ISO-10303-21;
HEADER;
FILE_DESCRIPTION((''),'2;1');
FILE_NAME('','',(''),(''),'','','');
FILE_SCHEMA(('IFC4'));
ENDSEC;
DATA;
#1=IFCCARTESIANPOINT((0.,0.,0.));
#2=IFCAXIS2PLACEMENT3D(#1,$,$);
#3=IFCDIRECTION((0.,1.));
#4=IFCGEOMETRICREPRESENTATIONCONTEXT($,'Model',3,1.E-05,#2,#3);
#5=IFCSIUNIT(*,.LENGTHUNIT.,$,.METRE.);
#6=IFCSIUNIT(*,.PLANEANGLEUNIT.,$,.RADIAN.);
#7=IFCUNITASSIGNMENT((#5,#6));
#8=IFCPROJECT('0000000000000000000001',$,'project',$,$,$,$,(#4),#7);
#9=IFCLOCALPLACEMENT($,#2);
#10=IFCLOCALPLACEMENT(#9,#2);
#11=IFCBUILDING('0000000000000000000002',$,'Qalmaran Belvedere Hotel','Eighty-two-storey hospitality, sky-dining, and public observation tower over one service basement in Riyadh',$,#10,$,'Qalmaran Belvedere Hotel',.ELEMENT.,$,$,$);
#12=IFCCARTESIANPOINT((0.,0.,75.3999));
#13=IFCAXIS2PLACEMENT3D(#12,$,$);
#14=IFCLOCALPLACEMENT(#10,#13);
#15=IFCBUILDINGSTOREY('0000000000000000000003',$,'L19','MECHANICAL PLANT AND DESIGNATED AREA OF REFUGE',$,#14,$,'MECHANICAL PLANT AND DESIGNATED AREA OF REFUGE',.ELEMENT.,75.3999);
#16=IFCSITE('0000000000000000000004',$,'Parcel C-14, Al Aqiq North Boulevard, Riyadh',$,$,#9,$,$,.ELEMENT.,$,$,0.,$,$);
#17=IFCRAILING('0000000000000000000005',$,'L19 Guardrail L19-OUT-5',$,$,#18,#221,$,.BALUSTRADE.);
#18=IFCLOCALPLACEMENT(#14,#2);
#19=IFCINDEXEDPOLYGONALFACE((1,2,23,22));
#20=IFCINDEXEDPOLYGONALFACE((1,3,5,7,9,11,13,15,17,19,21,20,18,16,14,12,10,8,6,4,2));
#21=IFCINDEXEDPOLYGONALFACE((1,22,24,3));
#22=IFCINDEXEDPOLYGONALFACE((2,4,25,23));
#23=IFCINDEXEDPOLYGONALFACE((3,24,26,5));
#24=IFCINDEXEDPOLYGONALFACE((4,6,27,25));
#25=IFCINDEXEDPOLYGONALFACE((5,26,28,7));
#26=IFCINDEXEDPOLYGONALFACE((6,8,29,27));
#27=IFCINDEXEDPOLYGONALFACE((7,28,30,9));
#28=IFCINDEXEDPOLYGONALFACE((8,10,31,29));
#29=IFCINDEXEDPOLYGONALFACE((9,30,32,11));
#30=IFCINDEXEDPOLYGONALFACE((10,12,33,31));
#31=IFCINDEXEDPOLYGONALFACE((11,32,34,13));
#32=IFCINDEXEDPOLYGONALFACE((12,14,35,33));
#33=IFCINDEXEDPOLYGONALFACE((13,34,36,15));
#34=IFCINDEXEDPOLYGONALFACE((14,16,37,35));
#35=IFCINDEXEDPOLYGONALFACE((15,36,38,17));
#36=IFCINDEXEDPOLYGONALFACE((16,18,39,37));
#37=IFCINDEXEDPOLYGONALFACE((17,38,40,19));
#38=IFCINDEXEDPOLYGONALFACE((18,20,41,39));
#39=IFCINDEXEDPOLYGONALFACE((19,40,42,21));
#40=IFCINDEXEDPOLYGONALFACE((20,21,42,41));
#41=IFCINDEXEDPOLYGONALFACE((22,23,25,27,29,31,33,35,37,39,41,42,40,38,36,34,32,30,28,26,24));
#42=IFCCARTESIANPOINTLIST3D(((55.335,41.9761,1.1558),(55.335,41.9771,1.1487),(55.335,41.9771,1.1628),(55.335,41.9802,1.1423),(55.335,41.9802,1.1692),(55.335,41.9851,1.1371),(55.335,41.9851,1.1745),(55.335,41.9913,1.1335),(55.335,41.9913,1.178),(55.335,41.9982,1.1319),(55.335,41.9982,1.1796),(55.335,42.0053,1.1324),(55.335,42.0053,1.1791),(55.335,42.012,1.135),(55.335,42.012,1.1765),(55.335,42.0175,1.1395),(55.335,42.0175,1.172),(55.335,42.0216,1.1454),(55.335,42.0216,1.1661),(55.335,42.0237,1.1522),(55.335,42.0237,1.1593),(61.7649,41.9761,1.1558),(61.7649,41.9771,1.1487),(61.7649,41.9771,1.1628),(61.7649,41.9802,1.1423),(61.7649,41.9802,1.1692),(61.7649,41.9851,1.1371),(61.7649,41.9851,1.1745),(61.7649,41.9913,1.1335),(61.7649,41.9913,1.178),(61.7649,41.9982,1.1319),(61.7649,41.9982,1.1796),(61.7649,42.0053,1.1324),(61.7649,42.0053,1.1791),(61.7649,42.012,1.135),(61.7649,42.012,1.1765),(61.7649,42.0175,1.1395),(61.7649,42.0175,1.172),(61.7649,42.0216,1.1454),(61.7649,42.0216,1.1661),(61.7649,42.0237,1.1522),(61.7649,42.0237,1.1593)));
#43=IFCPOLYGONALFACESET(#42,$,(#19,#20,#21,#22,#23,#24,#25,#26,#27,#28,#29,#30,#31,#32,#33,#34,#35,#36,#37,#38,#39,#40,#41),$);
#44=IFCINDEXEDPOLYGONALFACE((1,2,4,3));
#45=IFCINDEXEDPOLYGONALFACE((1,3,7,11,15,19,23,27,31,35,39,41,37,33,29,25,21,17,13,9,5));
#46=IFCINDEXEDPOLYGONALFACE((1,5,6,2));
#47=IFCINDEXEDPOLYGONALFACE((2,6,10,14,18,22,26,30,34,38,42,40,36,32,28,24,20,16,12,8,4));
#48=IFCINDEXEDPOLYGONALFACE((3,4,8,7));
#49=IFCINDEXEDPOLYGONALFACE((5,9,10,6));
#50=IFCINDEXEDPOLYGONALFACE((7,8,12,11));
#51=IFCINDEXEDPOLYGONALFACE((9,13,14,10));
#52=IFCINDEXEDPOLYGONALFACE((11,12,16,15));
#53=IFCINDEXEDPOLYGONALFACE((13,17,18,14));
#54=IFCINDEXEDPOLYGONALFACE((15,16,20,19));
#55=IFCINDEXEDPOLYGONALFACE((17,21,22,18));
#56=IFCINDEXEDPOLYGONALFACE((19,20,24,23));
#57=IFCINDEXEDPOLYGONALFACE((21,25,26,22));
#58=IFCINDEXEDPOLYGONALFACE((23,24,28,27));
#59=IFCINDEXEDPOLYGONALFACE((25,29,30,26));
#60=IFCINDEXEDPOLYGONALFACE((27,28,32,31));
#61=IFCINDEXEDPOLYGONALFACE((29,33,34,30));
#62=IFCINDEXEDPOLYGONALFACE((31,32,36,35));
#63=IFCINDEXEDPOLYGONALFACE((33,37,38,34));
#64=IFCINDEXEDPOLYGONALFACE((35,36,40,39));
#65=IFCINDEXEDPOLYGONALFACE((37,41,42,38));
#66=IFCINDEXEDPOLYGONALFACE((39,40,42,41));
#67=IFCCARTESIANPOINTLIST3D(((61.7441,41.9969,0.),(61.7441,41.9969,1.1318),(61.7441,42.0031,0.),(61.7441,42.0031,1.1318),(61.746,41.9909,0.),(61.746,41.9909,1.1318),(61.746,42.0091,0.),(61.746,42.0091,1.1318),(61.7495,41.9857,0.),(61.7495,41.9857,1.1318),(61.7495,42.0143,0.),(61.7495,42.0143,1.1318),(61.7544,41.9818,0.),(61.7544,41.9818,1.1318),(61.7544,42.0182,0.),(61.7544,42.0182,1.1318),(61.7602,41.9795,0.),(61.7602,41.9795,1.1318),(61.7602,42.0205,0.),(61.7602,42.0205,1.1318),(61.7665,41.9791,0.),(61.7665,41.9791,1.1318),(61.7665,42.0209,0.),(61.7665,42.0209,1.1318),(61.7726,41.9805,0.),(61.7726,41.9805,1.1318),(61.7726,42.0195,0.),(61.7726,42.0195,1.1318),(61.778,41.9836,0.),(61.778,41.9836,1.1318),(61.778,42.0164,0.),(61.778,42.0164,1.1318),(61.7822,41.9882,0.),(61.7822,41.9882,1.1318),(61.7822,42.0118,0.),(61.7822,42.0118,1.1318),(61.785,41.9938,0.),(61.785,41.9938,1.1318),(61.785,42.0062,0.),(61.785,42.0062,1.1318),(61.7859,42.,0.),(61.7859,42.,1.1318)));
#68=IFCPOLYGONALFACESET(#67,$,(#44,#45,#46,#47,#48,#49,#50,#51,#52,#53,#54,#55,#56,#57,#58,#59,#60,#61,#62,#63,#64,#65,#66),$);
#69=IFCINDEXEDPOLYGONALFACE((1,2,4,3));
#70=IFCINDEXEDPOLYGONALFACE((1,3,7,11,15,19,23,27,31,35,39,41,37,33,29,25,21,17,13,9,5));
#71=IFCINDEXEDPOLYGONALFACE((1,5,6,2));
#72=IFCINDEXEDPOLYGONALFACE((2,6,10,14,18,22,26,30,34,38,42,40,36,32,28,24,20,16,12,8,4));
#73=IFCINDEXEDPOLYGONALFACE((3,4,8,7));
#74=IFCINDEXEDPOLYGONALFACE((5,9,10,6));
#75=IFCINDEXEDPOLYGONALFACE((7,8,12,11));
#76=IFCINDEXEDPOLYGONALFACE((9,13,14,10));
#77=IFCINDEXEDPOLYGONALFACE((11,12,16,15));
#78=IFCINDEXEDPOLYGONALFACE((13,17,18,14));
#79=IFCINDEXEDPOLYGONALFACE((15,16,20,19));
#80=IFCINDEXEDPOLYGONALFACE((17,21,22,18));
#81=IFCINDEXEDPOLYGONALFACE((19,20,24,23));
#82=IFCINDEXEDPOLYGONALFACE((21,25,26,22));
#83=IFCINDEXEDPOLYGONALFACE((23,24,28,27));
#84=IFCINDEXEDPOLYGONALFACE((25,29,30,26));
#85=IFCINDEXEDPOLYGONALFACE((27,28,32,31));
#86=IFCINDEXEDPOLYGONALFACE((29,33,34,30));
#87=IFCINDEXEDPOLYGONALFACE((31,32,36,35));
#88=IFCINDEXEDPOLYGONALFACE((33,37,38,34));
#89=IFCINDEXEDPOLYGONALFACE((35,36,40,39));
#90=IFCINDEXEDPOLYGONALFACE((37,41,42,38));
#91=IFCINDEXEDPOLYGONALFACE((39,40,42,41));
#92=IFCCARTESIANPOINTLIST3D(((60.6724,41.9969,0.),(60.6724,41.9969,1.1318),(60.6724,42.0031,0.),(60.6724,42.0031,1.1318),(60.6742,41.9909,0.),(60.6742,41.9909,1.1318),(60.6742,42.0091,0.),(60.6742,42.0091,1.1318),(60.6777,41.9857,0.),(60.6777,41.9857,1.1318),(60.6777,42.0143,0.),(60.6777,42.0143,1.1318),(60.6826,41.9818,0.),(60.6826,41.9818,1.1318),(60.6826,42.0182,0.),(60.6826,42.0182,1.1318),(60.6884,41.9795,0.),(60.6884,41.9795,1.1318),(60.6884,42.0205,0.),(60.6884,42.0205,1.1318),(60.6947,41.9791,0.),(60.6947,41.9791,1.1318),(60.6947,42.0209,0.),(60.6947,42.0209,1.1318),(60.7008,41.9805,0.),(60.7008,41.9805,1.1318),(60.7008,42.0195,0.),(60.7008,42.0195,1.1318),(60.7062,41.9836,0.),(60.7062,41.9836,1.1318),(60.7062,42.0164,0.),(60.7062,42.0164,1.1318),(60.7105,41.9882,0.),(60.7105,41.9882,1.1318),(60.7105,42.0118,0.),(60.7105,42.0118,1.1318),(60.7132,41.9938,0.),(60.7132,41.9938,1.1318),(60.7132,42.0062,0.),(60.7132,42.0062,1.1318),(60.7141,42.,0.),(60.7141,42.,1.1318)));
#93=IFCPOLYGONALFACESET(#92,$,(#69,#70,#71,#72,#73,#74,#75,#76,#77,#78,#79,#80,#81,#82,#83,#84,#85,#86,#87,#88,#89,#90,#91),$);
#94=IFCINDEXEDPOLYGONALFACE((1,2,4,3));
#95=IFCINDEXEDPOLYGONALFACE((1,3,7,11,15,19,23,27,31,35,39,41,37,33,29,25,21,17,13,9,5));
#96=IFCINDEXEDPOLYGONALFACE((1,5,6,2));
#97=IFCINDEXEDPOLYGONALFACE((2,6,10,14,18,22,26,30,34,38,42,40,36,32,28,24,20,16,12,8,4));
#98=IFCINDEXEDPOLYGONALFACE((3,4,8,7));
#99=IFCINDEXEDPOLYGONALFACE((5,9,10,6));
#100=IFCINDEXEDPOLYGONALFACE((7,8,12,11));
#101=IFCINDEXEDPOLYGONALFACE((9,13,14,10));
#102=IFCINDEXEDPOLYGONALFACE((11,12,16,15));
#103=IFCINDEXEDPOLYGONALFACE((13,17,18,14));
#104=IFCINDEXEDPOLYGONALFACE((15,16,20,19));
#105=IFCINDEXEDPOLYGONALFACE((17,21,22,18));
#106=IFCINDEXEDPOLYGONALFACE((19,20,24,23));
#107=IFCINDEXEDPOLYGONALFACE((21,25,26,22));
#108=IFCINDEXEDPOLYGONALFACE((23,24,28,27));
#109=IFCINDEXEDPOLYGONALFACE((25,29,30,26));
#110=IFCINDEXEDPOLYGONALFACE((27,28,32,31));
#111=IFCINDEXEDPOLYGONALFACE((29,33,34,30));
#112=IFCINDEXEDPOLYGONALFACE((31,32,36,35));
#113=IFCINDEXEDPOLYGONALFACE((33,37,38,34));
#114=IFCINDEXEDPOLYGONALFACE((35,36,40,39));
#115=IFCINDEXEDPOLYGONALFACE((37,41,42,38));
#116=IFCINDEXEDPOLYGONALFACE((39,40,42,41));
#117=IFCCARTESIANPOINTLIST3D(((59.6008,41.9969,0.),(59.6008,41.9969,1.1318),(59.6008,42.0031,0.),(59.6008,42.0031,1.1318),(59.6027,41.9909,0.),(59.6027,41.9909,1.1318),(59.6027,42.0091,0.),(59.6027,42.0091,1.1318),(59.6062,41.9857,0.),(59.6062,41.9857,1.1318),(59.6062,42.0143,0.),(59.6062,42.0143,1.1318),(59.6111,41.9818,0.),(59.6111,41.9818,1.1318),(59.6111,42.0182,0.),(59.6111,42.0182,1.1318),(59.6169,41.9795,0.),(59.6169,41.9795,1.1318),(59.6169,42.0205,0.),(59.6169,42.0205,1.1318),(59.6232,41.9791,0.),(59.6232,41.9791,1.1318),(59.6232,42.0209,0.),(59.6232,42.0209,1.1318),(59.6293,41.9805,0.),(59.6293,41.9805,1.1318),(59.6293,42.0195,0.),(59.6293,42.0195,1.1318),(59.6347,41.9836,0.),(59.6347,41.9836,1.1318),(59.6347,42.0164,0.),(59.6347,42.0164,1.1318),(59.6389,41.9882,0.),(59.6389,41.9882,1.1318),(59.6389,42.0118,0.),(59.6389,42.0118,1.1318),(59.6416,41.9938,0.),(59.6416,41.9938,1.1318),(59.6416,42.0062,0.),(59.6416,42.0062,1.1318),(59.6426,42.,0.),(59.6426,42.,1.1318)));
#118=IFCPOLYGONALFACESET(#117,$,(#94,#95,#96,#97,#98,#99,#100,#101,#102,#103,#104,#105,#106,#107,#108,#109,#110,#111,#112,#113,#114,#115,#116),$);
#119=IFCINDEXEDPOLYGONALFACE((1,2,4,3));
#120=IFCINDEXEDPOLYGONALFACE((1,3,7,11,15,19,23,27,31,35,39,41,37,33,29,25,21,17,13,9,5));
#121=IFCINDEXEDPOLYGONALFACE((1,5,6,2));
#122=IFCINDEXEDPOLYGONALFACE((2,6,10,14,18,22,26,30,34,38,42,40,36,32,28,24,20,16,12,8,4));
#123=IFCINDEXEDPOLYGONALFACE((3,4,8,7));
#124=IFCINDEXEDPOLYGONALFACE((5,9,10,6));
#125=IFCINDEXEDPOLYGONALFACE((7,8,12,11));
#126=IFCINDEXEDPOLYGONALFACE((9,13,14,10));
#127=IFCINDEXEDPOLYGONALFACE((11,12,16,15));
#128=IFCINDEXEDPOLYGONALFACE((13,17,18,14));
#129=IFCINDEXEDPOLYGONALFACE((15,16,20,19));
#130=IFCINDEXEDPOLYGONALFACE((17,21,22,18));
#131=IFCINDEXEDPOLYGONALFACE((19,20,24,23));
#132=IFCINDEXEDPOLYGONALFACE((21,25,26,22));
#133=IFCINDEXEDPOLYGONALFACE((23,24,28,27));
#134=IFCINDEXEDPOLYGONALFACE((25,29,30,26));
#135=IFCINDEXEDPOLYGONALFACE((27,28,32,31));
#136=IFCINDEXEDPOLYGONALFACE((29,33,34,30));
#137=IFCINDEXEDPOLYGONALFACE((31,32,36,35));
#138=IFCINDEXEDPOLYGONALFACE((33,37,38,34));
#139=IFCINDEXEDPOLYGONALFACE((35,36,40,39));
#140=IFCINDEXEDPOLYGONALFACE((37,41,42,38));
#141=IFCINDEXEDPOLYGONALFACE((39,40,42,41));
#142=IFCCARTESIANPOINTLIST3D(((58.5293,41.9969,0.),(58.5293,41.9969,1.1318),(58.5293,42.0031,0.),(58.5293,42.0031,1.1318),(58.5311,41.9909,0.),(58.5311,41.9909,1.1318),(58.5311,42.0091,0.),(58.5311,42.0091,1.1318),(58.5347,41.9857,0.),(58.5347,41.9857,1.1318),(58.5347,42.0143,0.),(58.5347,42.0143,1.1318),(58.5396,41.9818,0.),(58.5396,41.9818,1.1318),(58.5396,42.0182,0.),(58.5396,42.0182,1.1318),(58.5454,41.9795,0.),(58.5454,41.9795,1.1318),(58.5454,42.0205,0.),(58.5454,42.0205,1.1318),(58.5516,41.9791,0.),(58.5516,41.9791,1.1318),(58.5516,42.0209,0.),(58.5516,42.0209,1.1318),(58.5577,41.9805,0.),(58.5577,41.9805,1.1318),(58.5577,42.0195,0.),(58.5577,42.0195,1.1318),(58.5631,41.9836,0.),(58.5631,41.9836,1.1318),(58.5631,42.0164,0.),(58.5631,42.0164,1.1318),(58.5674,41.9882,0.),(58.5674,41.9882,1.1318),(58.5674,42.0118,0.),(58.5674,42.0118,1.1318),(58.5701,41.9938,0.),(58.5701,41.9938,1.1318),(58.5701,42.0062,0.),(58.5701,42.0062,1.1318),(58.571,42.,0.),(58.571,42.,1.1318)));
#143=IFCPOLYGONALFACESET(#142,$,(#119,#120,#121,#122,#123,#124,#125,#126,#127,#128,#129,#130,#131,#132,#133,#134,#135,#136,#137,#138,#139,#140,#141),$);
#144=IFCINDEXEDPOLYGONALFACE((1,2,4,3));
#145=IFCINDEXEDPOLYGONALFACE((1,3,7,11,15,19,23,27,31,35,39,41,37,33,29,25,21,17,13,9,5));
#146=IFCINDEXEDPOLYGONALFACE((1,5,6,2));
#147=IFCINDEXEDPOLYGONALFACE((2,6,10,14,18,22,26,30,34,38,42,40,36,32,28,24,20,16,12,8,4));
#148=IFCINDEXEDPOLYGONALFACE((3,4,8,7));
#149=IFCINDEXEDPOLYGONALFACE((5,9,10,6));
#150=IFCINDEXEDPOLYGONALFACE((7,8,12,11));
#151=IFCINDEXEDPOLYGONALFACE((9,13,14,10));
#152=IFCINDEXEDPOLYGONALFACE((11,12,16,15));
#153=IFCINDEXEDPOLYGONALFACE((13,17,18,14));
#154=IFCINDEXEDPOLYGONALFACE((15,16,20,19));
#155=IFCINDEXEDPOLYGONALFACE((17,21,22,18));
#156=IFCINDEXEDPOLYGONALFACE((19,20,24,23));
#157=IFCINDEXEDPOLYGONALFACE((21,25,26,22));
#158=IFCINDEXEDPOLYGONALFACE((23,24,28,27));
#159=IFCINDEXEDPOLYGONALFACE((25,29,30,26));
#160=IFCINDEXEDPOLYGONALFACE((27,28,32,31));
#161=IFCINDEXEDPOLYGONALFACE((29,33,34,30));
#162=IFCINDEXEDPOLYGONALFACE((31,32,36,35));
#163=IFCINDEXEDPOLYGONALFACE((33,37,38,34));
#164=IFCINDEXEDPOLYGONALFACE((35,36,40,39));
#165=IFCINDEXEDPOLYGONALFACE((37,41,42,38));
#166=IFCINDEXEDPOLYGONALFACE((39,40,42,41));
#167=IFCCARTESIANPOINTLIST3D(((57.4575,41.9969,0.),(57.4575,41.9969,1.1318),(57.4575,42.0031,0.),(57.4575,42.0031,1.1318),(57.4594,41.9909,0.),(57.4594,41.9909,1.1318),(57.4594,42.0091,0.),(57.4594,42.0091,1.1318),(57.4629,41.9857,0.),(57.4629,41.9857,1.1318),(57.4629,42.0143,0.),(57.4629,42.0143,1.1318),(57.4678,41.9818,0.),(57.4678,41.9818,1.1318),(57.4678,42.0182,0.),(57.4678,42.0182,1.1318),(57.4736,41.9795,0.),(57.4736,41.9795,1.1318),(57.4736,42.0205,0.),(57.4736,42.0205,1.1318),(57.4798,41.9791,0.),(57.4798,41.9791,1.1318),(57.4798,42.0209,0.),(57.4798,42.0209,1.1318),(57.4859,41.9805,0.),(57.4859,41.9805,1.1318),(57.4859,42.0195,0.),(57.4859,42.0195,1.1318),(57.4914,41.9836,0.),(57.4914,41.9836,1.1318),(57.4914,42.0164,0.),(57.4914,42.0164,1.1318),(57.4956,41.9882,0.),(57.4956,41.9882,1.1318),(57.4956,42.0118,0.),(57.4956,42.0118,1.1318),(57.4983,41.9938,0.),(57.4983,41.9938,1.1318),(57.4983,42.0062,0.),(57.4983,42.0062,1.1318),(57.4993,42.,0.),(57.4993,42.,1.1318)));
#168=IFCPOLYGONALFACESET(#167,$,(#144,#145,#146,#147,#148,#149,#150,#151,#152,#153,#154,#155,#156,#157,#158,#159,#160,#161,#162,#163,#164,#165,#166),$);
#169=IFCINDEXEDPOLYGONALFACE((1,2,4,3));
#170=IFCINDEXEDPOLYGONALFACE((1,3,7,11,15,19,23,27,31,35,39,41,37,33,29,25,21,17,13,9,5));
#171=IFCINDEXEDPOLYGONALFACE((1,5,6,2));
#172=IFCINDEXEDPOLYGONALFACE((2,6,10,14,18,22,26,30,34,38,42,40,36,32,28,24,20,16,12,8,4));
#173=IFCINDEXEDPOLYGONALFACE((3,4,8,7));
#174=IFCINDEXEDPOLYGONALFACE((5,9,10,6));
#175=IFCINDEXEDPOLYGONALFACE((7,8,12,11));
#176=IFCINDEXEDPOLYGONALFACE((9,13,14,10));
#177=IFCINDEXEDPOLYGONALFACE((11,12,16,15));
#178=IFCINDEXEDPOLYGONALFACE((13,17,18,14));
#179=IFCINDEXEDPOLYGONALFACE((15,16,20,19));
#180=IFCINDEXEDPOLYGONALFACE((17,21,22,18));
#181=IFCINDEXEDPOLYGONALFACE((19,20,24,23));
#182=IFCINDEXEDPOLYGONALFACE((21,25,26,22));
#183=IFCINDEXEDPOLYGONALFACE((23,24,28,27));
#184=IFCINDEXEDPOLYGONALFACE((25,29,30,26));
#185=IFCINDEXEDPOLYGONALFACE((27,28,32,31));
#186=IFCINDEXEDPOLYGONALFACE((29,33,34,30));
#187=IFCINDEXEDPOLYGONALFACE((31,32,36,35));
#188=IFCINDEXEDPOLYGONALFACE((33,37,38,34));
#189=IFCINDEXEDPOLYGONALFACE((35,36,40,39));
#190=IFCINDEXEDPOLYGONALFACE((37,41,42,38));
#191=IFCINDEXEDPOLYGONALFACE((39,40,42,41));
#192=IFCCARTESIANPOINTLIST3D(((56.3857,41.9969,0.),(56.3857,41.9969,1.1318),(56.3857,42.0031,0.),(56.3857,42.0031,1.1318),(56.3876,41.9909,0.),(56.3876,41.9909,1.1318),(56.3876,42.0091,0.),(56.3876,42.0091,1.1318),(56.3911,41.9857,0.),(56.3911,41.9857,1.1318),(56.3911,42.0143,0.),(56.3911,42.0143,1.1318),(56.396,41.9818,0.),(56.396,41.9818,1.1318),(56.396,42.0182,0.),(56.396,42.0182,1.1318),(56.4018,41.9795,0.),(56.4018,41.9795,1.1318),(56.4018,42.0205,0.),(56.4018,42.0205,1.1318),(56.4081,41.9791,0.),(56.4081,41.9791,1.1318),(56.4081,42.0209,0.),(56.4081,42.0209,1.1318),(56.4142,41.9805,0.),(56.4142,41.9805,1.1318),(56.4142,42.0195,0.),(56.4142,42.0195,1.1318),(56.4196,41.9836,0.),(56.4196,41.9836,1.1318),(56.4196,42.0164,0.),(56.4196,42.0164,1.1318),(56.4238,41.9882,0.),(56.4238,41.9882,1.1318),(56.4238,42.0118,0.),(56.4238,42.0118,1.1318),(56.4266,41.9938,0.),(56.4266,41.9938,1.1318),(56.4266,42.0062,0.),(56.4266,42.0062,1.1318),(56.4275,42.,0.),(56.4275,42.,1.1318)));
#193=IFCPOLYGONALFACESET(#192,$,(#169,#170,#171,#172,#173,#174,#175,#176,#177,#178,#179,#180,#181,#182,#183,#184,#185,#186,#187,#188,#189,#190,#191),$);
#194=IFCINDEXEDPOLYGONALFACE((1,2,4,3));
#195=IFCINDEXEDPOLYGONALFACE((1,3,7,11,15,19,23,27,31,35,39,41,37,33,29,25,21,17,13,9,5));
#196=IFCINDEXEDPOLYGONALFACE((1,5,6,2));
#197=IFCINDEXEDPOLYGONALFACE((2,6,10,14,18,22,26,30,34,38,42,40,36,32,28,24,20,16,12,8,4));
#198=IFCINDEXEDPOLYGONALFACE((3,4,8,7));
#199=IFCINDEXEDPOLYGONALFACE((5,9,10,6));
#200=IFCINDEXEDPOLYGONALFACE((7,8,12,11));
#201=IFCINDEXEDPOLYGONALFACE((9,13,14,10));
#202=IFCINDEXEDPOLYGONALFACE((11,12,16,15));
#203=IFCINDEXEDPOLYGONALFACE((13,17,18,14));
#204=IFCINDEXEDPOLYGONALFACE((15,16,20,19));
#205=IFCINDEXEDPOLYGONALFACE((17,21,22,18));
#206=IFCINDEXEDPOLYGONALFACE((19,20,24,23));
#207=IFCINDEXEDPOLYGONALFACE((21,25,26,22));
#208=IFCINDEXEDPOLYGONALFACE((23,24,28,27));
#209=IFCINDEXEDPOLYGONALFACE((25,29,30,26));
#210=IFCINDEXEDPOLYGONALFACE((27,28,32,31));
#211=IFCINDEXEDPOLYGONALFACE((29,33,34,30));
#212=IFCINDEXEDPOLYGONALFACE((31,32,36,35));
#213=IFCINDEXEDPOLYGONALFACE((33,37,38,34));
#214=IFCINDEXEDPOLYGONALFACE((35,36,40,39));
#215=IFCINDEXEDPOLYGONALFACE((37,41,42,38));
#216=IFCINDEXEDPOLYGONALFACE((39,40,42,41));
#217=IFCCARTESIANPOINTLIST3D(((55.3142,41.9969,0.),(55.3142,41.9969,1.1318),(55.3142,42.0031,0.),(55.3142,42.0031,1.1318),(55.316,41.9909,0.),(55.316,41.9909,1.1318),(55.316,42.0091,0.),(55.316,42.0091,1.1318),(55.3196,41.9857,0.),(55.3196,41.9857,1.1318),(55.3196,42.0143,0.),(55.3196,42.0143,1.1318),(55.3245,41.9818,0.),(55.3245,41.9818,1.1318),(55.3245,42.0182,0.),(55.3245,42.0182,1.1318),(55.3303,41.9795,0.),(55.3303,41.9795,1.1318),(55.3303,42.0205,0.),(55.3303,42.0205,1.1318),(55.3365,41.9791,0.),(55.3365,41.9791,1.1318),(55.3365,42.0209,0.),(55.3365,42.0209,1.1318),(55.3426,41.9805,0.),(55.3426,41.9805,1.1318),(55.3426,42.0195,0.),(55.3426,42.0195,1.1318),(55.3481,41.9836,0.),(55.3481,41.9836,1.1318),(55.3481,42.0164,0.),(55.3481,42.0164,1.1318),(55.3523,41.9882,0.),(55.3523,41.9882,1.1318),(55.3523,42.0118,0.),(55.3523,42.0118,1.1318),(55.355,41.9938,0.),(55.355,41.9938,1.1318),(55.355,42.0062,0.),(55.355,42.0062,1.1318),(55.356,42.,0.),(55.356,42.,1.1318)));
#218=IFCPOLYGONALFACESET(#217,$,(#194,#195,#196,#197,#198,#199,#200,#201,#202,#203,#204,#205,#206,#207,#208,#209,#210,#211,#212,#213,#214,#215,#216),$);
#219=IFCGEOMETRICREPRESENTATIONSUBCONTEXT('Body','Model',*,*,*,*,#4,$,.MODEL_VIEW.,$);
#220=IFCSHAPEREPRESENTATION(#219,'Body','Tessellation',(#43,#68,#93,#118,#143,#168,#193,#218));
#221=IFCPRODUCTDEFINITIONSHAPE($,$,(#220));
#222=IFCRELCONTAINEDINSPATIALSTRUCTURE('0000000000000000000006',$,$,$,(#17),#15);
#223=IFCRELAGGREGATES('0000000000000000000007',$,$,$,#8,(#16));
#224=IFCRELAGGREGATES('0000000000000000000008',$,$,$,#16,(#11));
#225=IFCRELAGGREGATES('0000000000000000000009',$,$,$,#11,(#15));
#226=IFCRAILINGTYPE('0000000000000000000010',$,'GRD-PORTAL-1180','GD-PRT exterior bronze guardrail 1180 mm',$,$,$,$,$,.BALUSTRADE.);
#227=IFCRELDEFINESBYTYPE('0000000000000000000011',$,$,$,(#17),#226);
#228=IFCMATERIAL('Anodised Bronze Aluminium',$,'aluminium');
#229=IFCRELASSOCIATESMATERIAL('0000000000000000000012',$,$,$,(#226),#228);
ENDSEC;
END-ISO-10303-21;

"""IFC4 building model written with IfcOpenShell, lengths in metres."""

from ifc_helpers import new_model, si_unit, direction, frame, origin, origin_2d, place, context, subcontext, project, spatial, circle, extrude, material, type_object, element, save


model = new_model("IFC4")

# Units and contexts
model_context = context("Model", 3, precision=1e-05, world=origin(), true_north=direction((0.0, 1.0)))
body_context = subcontext(model_context, "Body", "Model", "MODEL_VIEW")
ifc_project = project(units=[si_unit("LENGTHUNIT", "METRE"), si_unit("PLANEANGLEUNIT", "RADIAN")], contexts=[model_context])

# Site, building, storey
site_placement = place(None, origin())
site = spatial("IfcSite", under=ifc_project, at=site_placement, Name="Parcel C-14, Al Aqiq North Boulevard, Riyadh", CompositionType="ELEMENT", RefElevation=0.0)
building_placement = place(site_placement, origin())
building = spatial("IfcBuilding", under=site, at=building_placement, Name="Qalmaran Belvedere Hotel", Description="Eighty-two-storey hospitality, sky-dining, and public observation tower over one service basement in Riyadh", LongName="Qalmaran Belvedere Hotel", CompositionType="ELEMENT")
storey_placement = place(building_placement, frame((0.0, 0.0, 75.3999)))
storey = spatial("IfcBuildingStorey", under=building, at=storey_placement, Name="L19", Description="MECHANICAL PLANT AND DESIGNATED AREA OF REFUGE", LongName="MECHANICAL PLANT AND DESIGNATED AREA OF REFUGE", CompositionType="ELEMENT", Elevation=75.3999)

# Railing
ifc_material_1 = material(Name="Anodised Bronze Aluminium", Category="aluminium")
railing_type = type_object("IfcRailingType", Name="GRD-PORTAL-1180", Description="GD-PRT exterior bronze guardrail 1180 mm", PredefinedType="BALUSTRADE", material=ifc_material_1)
railing_1_placement = place(storey_placement, frame((61.7649, 42.0, 0.0)))
element("IfcRailing", 1, at=railing_1_placement, inside=storey, type_object=railing_type, Name="L19 Guardrail L19-OUT-5", PredefinedType="BALUSTRADE", context=body_context, shape_type="SweptSolid", body=[
    extrude(circle(Radius=0.0239, at=origin_2d()), frame((0.0, 0.0, 1.1558), z_axis=(-1.0, 0.0, 0.0), x_axis=(0.0, -1.0, 0.0)), (0.0, 0.0, 1.0), 6.4299),
    extrude(circle(Radius=0.021, at=origin_2d()), origin(), (0.0, 0.0, 1.0), 1.1318),
    extrude(circle(Radius=0.021, at=origin_2d()), frame((-1.0718, 0.0, 0.0)), (0.0, 0.0, 1.0), 1.1318),
    extrude(circle(Radius=0.021, at=origin_2d()), frame((-2.1433, 0.0, 0.0)), (0.0, 0.0, 1.0), 1.1318),
    extrude(circle(Radius=0.021, at=origin_2d()), frame((-3.2148, 0.0, 0.0)), (0.0, 0.0, 1.0), 1.1318),
    extrude(circle(Radius=0.021, at=origin_2d()), frame((-4.2866, 0.0, 0.0)), (0.0, 0.0, 1.0), 1.1318),
    extrude(circle(Radius=0.021, at=origin_2d()), frame((-5.3584, 0.0, 0.0)), (0.0, 0.0, 1.0), 1.1318),
    extrude(circle(Radius=0.021, at=origin_2d()), frame((-6.4299, 0.0, 0.0)), (0.0, 0.0, 1.0), 1.1318),
])

save(model, "model.ifc")
